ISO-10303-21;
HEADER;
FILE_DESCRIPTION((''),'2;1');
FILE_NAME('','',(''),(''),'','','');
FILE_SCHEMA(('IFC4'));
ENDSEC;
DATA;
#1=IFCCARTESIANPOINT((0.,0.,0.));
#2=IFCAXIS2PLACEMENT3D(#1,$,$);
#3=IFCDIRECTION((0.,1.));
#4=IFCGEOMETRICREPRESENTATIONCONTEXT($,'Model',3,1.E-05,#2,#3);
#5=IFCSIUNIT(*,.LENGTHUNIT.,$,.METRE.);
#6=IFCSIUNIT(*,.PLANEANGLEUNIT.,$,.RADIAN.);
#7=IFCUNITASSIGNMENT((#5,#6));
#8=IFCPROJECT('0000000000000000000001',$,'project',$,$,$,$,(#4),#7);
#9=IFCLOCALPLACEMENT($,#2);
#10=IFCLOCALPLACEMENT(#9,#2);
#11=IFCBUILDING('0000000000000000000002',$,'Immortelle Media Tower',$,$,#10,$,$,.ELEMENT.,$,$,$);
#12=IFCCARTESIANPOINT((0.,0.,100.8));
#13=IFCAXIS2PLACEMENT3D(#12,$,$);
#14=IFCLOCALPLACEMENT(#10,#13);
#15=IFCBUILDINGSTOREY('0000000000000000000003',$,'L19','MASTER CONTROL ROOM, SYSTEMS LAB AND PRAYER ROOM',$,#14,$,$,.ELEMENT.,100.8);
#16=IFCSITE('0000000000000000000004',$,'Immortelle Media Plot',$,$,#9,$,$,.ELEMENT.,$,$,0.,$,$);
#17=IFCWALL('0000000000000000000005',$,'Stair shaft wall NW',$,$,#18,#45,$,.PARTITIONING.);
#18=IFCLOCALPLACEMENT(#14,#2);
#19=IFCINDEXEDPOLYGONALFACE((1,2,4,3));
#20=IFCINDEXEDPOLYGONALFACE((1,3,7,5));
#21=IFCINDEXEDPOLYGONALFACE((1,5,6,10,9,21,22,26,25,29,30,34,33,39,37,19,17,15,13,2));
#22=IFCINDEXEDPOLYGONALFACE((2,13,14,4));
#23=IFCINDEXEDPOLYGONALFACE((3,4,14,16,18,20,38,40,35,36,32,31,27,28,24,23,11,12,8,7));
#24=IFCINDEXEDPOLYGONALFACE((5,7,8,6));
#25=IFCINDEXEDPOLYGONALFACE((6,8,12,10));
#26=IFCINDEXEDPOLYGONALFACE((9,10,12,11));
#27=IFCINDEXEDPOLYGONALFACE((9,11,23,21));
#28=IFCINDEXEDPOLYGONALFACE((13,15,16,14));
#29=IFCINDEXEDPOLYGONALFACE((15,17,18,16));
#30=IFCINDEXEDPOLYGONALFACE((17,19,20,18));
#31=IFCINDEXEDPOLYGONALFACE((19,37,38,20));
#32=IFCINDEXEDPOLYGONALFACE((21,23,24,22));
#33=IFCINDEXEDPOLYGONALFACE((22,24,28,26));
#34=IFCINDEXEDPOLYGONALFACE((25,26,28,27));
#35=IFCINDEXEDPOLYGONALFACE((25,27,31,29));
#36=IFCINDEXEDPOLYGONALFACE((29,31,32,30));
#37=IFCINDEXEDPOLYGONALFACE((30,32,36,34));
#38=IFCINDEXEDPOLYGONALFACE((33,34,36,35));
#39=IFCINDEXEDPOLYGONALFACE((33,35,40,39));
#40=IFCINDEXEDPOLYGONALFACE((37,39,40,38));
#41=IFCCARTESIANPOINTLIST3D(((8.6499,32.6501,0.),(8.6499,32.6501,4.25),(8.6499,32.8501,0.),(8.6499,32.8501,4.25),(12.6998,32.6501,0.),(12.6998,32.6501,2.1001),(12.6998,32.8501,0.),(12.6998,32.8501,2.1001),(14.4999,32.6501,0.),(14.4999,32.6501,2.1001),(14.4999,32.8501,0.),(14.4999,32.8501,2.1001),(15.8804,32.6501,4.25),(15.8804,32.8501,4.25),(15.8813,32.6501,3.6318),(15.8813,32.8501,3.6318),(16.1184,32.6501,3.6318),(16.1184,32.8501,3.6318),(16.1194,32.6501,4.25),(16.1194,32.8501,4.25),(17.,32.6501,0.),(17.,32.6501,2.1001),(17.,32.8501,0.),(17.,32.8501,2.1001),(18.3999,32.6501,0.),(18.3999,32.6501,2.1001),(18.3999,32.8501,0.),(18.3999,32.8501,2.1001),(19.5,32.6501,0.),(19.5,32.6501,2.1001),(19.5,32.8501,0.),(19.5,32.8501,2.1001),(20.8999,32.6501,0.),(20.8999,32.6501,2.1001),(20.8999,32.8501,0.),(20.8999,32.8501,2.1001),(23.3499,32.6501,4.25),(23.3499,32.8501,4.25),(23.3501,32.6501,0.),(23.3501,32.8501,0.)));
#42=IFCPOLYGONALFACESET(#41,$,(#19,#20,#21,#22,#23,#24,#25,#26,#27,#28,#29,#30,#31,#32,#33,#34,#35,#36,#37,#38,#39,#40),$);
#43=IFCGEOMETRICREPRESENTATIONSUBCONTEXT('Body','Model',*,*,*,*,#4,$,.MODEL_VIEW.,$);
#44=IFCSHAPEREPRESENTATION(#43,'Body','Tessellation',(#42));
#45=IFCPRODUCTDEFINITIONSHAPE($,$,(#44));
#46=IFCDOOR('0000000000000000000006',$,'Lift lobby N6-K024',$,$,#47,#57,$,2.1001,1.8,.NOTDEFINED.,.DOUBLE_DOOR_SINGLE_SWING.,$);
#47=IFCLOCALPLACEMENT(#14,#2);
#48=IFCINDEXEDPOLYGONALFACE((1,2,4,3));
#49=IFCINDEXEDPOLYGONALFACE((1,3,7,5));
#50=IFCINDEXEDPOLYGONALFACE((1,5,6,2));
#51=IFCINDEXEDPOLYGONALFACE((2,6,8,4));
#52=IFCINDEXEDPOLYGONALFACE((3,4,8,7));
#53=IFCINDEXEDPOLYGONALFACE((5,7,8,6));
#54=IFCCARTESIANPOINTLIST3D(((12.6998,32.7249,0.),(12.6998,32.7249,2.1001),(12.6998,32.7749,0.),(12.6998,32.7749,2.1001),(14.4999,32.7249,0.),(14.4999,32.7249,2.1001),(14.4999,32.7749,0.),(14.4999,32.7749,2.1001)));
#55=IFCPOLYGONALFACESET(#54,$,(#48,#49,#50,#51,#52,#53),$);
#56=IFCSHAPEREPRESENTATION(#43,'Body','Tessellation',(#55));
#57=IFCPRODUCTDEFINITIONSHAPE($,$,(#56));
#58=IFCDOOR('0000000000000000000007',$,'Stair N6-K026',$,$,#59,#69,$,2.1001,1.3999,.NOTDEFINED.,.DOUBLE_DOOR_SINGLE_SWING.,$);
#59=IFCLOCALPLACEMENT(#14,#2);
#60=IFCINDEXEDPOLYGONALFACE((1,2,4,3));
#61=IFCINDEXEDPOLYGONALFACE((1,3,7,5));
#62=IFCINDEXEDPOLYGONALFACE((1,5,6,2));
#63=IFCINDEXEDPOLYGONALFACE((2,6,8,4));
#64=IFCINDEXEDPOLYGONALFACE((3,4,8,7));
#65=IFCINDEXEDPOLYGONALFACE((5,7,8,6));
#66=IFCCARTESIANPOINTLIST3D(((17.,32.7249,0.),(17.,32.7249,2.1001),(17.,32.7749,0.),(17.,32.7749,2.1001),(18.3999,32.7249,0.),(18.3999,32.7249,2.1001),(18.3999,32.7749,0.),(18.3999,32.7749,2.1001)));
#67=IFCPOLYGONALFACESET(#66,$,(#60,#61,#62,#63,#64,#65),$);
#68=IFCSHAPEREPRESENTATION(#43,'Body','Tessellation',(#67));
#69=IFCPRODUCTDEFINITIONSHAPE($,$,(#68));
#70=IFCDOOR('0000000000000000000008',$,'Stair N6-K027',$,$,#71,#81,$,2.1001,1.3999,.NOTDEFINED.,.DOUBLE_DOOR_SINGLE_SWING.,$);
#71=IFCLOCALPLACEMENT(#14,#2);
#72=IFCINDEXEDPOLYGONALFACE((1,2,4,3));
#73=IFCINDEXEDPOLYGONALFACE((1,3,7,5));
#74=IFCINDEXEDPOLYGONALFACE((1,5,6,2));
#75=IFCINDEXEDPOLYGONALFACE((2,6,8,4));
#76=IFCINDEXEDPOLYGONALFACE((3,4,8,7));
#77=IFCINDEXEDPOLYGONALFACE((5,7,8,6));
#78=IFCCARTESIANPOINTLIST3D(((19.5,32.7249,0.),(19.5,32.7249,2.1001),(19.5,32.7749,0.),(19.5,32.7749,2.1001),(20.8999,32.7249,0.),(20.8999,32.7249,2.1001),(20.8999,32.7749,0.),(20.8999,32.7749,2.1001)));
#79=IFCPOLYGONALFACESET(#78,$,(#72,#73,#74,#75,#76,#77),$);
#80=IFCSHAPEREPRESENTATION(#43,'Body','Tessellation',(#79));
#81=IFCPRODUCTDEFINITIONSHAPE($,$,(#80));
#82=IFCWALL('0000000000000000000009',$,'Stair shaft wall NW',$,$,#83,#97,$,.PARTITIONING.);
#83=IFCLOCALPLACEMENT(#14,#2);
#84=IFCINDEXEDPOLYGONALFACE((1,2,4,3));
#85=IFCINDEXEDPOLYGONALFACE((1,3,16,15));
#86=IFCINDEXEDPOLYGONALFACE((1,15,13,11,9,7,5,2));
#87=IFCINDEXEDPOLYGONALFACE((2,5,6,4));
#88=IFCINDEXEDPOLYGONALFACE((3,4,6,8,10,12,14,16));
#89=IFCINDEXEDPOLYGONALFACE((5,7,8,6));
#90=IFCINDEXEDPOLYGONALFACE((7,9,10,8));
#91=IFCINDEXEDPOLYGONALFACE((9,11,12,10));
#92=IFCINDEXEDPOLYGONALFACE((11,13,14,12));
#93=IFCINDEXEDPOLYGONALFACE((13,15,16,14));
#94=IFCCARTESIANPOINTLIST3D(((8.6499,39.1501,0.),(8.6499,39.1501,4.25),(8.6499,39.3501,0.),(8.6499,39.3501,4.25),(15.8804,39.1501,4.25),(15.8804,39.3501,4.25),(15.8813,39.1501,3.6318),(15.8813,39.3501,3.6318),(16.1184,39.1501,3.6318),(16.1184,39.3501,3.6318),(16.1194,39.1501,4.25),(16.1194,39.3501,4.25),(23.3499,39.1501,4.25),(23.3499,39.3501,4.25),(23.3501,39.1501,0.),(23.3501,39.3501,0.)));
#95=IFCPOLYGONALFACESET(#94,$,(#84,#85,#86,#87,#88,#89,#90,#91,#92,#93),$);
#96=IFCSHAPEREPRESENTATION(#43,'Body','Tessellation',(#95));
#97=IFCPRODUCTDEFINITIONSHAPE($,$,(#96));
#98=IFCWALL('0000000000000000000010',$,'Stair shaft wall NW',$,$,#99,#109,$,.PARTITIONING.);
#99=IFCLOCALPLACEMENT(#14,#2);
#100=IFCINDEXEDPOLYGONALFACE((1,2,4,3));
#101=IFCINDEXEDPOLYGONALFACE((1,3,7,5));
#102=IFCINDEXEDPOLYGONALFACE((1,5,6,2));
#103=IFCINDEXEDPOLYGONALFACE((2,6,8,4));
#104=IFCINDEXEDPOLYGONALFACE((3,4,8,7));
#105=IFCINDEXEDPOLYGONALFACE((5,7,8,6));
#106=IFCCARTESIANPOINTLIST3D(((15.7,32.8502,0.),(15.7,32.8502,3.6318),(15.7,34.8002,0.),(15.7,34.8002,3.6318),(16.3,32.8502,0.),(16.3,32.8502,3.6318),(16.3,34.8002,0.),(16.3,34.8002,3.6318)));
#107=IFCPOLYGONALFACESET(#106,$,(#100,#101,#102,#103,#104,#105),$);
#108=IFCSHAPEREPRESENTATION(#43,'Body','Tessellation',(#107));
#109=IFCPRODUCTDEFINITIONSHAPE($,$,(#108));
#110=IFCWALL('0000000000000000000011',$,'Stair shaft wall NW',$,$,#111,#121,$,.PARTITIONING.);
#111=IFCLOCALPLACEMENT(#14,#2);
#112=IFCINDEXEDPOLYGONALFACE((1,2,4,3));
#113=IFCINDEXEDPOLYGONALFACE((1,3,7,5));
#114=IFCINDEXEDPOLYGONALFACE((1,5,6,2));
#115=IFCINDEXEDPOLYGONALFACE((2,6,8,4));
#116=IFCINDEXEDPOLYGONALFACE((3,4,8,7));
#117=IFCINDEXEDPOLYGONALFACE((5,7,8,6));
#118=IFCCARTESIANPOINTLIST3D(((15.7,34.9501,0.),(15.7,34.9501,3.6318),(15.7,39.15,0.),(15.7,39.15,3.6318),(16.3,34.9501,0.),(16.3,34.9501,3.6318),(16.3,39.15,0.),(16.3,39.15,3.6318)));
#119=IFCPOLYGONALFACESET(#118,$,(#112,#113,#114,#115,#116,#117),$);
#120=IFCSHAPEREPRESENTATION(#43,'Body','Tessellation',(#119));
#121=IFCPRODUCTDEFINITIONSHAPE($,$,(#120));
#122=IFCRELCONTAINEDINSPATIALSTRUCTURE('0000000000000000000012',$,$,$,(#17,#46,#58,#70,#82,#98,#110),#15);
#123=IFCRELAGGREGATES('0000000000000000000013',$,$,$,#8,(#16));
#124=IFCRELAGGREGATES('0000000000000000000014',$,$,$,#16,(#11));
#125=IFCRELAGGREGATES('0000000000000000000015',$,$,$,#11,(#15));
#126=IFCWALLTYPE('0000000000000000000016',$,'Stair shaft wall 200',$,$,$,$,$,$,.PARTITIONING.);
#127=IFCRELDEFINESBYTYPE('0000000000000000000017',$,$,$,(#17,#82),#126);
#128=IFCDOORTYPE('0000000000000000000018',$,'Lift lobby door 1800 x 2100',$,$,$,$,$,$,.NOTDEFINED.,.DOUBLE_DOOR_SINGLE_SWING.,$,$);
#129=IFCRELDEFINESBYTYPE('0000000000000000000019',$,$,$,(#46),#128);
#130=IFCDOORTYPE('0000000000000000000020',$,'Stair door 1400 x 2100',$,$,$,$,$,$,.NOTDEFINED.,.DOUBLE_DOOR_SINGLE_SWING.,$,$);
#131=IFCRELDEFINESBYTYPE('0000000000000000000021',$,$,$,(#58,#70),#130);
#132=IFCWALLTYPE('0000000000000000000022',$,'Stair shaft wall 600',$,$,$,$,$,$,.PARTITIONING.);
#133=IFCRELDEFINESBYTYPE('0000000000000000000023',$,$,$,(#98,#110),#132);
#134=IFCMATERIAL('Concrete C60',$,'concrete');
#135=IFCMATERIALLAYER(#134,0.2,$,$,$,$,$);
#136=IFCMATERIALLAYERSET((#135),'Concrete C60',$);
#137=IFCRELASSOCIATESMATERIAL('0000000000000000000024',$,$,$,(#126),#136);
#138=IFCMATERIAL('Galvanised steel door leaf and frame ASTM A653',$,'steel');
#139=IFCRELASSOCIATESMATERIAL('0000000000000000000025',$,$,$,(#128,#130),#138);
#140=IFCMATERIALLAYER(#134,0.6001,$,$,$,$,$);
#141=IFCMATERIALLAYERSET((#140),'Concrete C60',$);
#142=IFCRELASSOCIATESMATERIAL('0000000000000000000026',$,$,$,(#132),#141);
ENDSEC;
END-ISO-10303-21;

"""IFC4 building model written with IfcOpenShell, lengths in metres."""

from ifc_helpers import new_model, si_unit, direction, frame, frame_2d, origin, place, context, subcontext, project, spatial, polyline, rectangle, outline, extrude, material, layer, layer_set, type_object, element, fill, save


model = new_model("IFC4")

# Units and contexts
model_context = context("Model", 3, precision=1e-05, world=origin(), true_north=direction((0.0, 1.0)))
body_context = subcontext(model_context, "Body", "Model", "MODEL_VIEW")
ifc_project = project(units=[si_unit("LENGTHUNIT", "METRE"), si_unit("PLANEANGLEUNIT", "RADIAN")], contexts=[model_context])

# Site, building, storey
site_placement = place(None, origin())
site = spatial("IfcSite", under=ifc_project, at=site_placement, Name="Immortelle Media Plot", CompositionType="ELEMENT", RefElevation=0.0)
building_placement = place(site_placement, origin())
building = spatial("IfcBuilding", under=site, at=building_placement, Name="Immortelle Media Tower", CompositionType="ELEMENT")
storey_placement = place(building_placement, frame((0.0, 0.0, 100.8)))
storey = spatial("IfcBuildingStorey", under=building, at=storey_placement, Name="L19", Description="MASTER CONTROL ROOM, SYSTEMS LAB AND PRAYER ROOM", CompositionType="ELEMENT", Elevation=100.8)

# Shared definitions
ifc_material_1 = material(Name="Galvanised steel door leaf and frame ASTM A653", Category="steel")

# Wall, openings, doors
ifc_material_2 = material(Name="Concrete C60", Category="concrete")
ifc_layer_1 = layer(ifc_material_2, 0.2)
ifc_layer_set_1 = layer_set([ifc_layer_1], Name="Concrete C60")
wall_type_1 = type_object("IfcWallType", Name="Stair shaft wall 200", PredefinedType="PARTITIONING", material=ifc_layer_set_1)
wall_1_placement = place(storey_placement, frame((8.6499, 32.75, 0.0), z_axis=(0.0, 0.0, 1.0), x_axis=(1.0, 0.0, 0.0)))
wall_1 = element("IfcWall", 1, at=wall_1_placement, inside=storey, type_object=wall_type_1, Name="Stair shaft wall NW", PredefinedType="PARTITIONING", context=body_context, shape_type="SweptSolid", body=[
    extrude(outline(polyline([(0.0, 0.0), (14.7002, 0.0), (14.7, 4.25), (7.4695, 4.25), (7.4685, 3.6318), (7.2314, 3.6318), (7.2305, 4.25), (0.0, 4.25), (0.0, 0.0)])), frame((0.0, 0.1001, 0.0), z_axis=(0.0, -1.0, 0.0), x_axis=(1.0, 0.0, 0.0)), (0.0, 0.0, 1.0), 0.2),
])
opening_1_placement = place(wall_1_placement, frame((4.05, 0.0, 0.0)))
opening_1 = element("IfcOpeningElement", 2, at=opening_1_placement, cuts=wall_1, PredefinedType="OPENING", context=body_context, shape_type="SweptSolid", body=[
    extrude(rectangle(XDim=1.8, YDim=2.1001, at=frame_2d((0.8999, 1.05))), frame((0.0, 0.1099, 0.0), z_axis=(0.0, -1.0, 0.0), x_axis=(1.0, 0.0, 0.0)), (0.0, 0.0, 1.0), 0.22),
])
opening_2_placement = place(wall_1_placement, frame((8.3501, 0.0, 0.0)))
opening_2 = element("IfcOpeningElement", 3, at=opening_2_placement, cuts=wall_1, PredefinedType="OPENING", context=body_context, shape_type="SweptSolid", body=[
    extrude(rectangle(XDim=1.3999, YDim=2.1001, at=frame_2d((0.7, 1.05))), frame((0.0, 0.1099, 0.0), z_axis=(0.0, -1.0, 0.0), x_axis=(1.0, 0.0, 0.0)), (0.0, 0.0, 1.0), 0.22),
])
opening_3_placement = place(wall_1_placement, frame((10.8501, 0.0, 0.0)))
opening_3 = element("IfcOpeningElement", 4, at=opening_3_placement, cuts=wall_1, PredefinedType="OPENING", context=body_context, shape_type="SweptSolid", body=[
    extrude(rectangle(XDim=1.3999, YDim=2.1001, at=frame_2d((0.7, 1.05))), frame((0.0, 0.1099, 0.0), z_axis=(0.0, -1.0, 0.0), x_axis=(1.0, 0.0, 0.0)), (0.0, 0.0, 1.0), 0.22),
])
door_type_1 = type_object("IfcDoorType", Name="Lift lobby door 1800 x 2100", OperationType="DOUBLE_DOOR_SINGLE_SWING", PredefinedType="NOTDEFINED", material=ifc_material_1)
door_1_placement = place(opening_1_placement, origin())
door_1 = element("IfcDoor", 5, at=door_1_placement, inside=storey, type_object=door_type_1, Name="Lift lobby N6-K024", OperationType="DOUBLE_DOOR_SINGLE_SWING", OverallHeight=2.1001, OverallWidth=1.8, PredefinedType="NOTDEFINED", context=body_context, shape_type="SweptSolid", body=[
    extrude(rectangle(XDim=1.8, YDim=2.1001, at=frame_2d((0.8999, 1.05))), frame((0.0, 0.0249, 0.0), z_axis=(0.0, -1.0, 0.0), x_axis=(1.0, 0.0, 0.0)), (0.0, 0.0, 1.0), 0.05),
])
fill(opening_1, door_1)
door_type_2 = type_object("IfcDoorType", Name="Stair door 1400 x 2100", OperationType="DOUBLE_DOOR_SINGLE_SWING", PredefinedType="NOTDEFINED", material=ifc_material_1)
door_2_placement = place(opening_2_placement, origin())
door_2 = element("IfcDoor", 6, at=door_2_placement, inside=storey, type_object=door_type_2, Name="Stair N6-K026", OperationType="DOUBLE_DOOR_SINGLE_SWING", OverallHeight=2.1001, OverallWidth=1.3999, PredefinedType="NOTDEFINED", context=body_context, shape_type="SweptSolid", body=[
    extrude(rectangle(XDim=1.3999, YDim=2.1001, at=frame_2d((0.7, 1.05))), frame((0.0, 0.0249, 0.0), z_axis=(0.0, -1.0, 0.0), x_axis=(1.0, 0.0, 0.0)), (0.0, 0.0, 1.0), 0.05),
])
fill(opening_2, door_2)
door_3_placement = place(opening_3_placement, origin())
door_3 = element("IfcDoor", 7, at=door_3_placement, inside=storey, type_object=door_type_2, Name="Stair N6-K027", OperationType="DOUBLE_DOOR_SINGLE_SWING", OverallHeight=2.1001, OverallWidth=1.3999, PredefinedType="NOTDEFINED", context=body_context, shape_type="SweptSolid", body=[
    extrude(rectangle(XDim=1.3999, YDim=2.1001, at=frame_2d((0.7, 1.05))), frame((0.0, 0.0249, 0.0), z_axis=(0.0, -1.0, 0.0), x_axis=(1.0, 0.0, 0.0)), (0.0, 0.0, 1.0), 0.05),
])
fill(opening_3, door_3)

# Walls
wall_2_placement = place(storey_placement, frame((8.6499, 39.25, 0.0), z_axis=(0.0, 0.0, 1.0), x_axis=(1.0, 0.0, 0.0)))
element("IfcWall", 8, at=wall_2_placement, inside=storey, type_object=wall_type_1, Name="Stair shaft wall NW", PredefinedType="PARTITIONING", context=body_context, shape_type="SweptSolid", body=[
    extrude(outline(polyline([(0.0, 0.0), (14.7002, 0.0), (14.7, 4.25), (7.4695, 4.25), (7.4685, 3.6318), (7.2314, 3.6318), (7.2305, 4.25), (0.0, 4.25), (0.0, 0.0)])), frame((0.0, 0.1001, 0.0), z_axis=(0.0, -1.0, 0.0), x_axis=(1.0, 0.0, 0.0)), (0.0, 0.0, 1.0), 0.2),
])
ifc_layer_2 = layer(ifc_material_2, 0.6001)
ifc_layer_set_2 = layer_set([ifc_layer_2], Name="Concrete C60")
wall_type_2 = type_object("IfcWallType", Name="Stair shaft wall 600", PredefinedType="PARTITIONING", material=ifc_layer_set_2)
wall_3_placement = place(storey_placement, frame((16.0, 32.8501, 0.0), z_axis=(0.0, 0.0, 1.0), x_axis=(0.0, 1.0, 0.0)))
element("IfcWall", 9, at=wall_3_placement, inside=storey, type_object=wall_type_2, Name="Stair shaft wall NW", PredefinedType="PARTITIONING", context=body_context, shape_type="SweptSolid", body=[
    extrude(rectangle(XDim=1.95, YDim=0.6001, at=frame_2d((0.9751, 0.0))), origin(), (0.0, 0.0, 1.0), 3.6318),
])
wall_4_placement = place(storey_placement, frame((16.0, 34.95, 0.0), z_axis=(0.0, 0.0, 1.0), x_axis=(0.0, 1.0, 0.0)))
element("IfcWall", 10, at=wall_4_placement, inside=storey, type_object=wall_type_2, Name="Stair shaft wall NW", PredefinedType="PARTITIONING", context=body_context, shape_type="SweptSolid", body=[
    extrude(rectangle(XDim=4.2, YDim=0.6001, at=frame_2d((2.1001, 0.0))), origin(), (0.0, 0.0, 1.0), 3.6318),
])

save(model, "model.ifc")
